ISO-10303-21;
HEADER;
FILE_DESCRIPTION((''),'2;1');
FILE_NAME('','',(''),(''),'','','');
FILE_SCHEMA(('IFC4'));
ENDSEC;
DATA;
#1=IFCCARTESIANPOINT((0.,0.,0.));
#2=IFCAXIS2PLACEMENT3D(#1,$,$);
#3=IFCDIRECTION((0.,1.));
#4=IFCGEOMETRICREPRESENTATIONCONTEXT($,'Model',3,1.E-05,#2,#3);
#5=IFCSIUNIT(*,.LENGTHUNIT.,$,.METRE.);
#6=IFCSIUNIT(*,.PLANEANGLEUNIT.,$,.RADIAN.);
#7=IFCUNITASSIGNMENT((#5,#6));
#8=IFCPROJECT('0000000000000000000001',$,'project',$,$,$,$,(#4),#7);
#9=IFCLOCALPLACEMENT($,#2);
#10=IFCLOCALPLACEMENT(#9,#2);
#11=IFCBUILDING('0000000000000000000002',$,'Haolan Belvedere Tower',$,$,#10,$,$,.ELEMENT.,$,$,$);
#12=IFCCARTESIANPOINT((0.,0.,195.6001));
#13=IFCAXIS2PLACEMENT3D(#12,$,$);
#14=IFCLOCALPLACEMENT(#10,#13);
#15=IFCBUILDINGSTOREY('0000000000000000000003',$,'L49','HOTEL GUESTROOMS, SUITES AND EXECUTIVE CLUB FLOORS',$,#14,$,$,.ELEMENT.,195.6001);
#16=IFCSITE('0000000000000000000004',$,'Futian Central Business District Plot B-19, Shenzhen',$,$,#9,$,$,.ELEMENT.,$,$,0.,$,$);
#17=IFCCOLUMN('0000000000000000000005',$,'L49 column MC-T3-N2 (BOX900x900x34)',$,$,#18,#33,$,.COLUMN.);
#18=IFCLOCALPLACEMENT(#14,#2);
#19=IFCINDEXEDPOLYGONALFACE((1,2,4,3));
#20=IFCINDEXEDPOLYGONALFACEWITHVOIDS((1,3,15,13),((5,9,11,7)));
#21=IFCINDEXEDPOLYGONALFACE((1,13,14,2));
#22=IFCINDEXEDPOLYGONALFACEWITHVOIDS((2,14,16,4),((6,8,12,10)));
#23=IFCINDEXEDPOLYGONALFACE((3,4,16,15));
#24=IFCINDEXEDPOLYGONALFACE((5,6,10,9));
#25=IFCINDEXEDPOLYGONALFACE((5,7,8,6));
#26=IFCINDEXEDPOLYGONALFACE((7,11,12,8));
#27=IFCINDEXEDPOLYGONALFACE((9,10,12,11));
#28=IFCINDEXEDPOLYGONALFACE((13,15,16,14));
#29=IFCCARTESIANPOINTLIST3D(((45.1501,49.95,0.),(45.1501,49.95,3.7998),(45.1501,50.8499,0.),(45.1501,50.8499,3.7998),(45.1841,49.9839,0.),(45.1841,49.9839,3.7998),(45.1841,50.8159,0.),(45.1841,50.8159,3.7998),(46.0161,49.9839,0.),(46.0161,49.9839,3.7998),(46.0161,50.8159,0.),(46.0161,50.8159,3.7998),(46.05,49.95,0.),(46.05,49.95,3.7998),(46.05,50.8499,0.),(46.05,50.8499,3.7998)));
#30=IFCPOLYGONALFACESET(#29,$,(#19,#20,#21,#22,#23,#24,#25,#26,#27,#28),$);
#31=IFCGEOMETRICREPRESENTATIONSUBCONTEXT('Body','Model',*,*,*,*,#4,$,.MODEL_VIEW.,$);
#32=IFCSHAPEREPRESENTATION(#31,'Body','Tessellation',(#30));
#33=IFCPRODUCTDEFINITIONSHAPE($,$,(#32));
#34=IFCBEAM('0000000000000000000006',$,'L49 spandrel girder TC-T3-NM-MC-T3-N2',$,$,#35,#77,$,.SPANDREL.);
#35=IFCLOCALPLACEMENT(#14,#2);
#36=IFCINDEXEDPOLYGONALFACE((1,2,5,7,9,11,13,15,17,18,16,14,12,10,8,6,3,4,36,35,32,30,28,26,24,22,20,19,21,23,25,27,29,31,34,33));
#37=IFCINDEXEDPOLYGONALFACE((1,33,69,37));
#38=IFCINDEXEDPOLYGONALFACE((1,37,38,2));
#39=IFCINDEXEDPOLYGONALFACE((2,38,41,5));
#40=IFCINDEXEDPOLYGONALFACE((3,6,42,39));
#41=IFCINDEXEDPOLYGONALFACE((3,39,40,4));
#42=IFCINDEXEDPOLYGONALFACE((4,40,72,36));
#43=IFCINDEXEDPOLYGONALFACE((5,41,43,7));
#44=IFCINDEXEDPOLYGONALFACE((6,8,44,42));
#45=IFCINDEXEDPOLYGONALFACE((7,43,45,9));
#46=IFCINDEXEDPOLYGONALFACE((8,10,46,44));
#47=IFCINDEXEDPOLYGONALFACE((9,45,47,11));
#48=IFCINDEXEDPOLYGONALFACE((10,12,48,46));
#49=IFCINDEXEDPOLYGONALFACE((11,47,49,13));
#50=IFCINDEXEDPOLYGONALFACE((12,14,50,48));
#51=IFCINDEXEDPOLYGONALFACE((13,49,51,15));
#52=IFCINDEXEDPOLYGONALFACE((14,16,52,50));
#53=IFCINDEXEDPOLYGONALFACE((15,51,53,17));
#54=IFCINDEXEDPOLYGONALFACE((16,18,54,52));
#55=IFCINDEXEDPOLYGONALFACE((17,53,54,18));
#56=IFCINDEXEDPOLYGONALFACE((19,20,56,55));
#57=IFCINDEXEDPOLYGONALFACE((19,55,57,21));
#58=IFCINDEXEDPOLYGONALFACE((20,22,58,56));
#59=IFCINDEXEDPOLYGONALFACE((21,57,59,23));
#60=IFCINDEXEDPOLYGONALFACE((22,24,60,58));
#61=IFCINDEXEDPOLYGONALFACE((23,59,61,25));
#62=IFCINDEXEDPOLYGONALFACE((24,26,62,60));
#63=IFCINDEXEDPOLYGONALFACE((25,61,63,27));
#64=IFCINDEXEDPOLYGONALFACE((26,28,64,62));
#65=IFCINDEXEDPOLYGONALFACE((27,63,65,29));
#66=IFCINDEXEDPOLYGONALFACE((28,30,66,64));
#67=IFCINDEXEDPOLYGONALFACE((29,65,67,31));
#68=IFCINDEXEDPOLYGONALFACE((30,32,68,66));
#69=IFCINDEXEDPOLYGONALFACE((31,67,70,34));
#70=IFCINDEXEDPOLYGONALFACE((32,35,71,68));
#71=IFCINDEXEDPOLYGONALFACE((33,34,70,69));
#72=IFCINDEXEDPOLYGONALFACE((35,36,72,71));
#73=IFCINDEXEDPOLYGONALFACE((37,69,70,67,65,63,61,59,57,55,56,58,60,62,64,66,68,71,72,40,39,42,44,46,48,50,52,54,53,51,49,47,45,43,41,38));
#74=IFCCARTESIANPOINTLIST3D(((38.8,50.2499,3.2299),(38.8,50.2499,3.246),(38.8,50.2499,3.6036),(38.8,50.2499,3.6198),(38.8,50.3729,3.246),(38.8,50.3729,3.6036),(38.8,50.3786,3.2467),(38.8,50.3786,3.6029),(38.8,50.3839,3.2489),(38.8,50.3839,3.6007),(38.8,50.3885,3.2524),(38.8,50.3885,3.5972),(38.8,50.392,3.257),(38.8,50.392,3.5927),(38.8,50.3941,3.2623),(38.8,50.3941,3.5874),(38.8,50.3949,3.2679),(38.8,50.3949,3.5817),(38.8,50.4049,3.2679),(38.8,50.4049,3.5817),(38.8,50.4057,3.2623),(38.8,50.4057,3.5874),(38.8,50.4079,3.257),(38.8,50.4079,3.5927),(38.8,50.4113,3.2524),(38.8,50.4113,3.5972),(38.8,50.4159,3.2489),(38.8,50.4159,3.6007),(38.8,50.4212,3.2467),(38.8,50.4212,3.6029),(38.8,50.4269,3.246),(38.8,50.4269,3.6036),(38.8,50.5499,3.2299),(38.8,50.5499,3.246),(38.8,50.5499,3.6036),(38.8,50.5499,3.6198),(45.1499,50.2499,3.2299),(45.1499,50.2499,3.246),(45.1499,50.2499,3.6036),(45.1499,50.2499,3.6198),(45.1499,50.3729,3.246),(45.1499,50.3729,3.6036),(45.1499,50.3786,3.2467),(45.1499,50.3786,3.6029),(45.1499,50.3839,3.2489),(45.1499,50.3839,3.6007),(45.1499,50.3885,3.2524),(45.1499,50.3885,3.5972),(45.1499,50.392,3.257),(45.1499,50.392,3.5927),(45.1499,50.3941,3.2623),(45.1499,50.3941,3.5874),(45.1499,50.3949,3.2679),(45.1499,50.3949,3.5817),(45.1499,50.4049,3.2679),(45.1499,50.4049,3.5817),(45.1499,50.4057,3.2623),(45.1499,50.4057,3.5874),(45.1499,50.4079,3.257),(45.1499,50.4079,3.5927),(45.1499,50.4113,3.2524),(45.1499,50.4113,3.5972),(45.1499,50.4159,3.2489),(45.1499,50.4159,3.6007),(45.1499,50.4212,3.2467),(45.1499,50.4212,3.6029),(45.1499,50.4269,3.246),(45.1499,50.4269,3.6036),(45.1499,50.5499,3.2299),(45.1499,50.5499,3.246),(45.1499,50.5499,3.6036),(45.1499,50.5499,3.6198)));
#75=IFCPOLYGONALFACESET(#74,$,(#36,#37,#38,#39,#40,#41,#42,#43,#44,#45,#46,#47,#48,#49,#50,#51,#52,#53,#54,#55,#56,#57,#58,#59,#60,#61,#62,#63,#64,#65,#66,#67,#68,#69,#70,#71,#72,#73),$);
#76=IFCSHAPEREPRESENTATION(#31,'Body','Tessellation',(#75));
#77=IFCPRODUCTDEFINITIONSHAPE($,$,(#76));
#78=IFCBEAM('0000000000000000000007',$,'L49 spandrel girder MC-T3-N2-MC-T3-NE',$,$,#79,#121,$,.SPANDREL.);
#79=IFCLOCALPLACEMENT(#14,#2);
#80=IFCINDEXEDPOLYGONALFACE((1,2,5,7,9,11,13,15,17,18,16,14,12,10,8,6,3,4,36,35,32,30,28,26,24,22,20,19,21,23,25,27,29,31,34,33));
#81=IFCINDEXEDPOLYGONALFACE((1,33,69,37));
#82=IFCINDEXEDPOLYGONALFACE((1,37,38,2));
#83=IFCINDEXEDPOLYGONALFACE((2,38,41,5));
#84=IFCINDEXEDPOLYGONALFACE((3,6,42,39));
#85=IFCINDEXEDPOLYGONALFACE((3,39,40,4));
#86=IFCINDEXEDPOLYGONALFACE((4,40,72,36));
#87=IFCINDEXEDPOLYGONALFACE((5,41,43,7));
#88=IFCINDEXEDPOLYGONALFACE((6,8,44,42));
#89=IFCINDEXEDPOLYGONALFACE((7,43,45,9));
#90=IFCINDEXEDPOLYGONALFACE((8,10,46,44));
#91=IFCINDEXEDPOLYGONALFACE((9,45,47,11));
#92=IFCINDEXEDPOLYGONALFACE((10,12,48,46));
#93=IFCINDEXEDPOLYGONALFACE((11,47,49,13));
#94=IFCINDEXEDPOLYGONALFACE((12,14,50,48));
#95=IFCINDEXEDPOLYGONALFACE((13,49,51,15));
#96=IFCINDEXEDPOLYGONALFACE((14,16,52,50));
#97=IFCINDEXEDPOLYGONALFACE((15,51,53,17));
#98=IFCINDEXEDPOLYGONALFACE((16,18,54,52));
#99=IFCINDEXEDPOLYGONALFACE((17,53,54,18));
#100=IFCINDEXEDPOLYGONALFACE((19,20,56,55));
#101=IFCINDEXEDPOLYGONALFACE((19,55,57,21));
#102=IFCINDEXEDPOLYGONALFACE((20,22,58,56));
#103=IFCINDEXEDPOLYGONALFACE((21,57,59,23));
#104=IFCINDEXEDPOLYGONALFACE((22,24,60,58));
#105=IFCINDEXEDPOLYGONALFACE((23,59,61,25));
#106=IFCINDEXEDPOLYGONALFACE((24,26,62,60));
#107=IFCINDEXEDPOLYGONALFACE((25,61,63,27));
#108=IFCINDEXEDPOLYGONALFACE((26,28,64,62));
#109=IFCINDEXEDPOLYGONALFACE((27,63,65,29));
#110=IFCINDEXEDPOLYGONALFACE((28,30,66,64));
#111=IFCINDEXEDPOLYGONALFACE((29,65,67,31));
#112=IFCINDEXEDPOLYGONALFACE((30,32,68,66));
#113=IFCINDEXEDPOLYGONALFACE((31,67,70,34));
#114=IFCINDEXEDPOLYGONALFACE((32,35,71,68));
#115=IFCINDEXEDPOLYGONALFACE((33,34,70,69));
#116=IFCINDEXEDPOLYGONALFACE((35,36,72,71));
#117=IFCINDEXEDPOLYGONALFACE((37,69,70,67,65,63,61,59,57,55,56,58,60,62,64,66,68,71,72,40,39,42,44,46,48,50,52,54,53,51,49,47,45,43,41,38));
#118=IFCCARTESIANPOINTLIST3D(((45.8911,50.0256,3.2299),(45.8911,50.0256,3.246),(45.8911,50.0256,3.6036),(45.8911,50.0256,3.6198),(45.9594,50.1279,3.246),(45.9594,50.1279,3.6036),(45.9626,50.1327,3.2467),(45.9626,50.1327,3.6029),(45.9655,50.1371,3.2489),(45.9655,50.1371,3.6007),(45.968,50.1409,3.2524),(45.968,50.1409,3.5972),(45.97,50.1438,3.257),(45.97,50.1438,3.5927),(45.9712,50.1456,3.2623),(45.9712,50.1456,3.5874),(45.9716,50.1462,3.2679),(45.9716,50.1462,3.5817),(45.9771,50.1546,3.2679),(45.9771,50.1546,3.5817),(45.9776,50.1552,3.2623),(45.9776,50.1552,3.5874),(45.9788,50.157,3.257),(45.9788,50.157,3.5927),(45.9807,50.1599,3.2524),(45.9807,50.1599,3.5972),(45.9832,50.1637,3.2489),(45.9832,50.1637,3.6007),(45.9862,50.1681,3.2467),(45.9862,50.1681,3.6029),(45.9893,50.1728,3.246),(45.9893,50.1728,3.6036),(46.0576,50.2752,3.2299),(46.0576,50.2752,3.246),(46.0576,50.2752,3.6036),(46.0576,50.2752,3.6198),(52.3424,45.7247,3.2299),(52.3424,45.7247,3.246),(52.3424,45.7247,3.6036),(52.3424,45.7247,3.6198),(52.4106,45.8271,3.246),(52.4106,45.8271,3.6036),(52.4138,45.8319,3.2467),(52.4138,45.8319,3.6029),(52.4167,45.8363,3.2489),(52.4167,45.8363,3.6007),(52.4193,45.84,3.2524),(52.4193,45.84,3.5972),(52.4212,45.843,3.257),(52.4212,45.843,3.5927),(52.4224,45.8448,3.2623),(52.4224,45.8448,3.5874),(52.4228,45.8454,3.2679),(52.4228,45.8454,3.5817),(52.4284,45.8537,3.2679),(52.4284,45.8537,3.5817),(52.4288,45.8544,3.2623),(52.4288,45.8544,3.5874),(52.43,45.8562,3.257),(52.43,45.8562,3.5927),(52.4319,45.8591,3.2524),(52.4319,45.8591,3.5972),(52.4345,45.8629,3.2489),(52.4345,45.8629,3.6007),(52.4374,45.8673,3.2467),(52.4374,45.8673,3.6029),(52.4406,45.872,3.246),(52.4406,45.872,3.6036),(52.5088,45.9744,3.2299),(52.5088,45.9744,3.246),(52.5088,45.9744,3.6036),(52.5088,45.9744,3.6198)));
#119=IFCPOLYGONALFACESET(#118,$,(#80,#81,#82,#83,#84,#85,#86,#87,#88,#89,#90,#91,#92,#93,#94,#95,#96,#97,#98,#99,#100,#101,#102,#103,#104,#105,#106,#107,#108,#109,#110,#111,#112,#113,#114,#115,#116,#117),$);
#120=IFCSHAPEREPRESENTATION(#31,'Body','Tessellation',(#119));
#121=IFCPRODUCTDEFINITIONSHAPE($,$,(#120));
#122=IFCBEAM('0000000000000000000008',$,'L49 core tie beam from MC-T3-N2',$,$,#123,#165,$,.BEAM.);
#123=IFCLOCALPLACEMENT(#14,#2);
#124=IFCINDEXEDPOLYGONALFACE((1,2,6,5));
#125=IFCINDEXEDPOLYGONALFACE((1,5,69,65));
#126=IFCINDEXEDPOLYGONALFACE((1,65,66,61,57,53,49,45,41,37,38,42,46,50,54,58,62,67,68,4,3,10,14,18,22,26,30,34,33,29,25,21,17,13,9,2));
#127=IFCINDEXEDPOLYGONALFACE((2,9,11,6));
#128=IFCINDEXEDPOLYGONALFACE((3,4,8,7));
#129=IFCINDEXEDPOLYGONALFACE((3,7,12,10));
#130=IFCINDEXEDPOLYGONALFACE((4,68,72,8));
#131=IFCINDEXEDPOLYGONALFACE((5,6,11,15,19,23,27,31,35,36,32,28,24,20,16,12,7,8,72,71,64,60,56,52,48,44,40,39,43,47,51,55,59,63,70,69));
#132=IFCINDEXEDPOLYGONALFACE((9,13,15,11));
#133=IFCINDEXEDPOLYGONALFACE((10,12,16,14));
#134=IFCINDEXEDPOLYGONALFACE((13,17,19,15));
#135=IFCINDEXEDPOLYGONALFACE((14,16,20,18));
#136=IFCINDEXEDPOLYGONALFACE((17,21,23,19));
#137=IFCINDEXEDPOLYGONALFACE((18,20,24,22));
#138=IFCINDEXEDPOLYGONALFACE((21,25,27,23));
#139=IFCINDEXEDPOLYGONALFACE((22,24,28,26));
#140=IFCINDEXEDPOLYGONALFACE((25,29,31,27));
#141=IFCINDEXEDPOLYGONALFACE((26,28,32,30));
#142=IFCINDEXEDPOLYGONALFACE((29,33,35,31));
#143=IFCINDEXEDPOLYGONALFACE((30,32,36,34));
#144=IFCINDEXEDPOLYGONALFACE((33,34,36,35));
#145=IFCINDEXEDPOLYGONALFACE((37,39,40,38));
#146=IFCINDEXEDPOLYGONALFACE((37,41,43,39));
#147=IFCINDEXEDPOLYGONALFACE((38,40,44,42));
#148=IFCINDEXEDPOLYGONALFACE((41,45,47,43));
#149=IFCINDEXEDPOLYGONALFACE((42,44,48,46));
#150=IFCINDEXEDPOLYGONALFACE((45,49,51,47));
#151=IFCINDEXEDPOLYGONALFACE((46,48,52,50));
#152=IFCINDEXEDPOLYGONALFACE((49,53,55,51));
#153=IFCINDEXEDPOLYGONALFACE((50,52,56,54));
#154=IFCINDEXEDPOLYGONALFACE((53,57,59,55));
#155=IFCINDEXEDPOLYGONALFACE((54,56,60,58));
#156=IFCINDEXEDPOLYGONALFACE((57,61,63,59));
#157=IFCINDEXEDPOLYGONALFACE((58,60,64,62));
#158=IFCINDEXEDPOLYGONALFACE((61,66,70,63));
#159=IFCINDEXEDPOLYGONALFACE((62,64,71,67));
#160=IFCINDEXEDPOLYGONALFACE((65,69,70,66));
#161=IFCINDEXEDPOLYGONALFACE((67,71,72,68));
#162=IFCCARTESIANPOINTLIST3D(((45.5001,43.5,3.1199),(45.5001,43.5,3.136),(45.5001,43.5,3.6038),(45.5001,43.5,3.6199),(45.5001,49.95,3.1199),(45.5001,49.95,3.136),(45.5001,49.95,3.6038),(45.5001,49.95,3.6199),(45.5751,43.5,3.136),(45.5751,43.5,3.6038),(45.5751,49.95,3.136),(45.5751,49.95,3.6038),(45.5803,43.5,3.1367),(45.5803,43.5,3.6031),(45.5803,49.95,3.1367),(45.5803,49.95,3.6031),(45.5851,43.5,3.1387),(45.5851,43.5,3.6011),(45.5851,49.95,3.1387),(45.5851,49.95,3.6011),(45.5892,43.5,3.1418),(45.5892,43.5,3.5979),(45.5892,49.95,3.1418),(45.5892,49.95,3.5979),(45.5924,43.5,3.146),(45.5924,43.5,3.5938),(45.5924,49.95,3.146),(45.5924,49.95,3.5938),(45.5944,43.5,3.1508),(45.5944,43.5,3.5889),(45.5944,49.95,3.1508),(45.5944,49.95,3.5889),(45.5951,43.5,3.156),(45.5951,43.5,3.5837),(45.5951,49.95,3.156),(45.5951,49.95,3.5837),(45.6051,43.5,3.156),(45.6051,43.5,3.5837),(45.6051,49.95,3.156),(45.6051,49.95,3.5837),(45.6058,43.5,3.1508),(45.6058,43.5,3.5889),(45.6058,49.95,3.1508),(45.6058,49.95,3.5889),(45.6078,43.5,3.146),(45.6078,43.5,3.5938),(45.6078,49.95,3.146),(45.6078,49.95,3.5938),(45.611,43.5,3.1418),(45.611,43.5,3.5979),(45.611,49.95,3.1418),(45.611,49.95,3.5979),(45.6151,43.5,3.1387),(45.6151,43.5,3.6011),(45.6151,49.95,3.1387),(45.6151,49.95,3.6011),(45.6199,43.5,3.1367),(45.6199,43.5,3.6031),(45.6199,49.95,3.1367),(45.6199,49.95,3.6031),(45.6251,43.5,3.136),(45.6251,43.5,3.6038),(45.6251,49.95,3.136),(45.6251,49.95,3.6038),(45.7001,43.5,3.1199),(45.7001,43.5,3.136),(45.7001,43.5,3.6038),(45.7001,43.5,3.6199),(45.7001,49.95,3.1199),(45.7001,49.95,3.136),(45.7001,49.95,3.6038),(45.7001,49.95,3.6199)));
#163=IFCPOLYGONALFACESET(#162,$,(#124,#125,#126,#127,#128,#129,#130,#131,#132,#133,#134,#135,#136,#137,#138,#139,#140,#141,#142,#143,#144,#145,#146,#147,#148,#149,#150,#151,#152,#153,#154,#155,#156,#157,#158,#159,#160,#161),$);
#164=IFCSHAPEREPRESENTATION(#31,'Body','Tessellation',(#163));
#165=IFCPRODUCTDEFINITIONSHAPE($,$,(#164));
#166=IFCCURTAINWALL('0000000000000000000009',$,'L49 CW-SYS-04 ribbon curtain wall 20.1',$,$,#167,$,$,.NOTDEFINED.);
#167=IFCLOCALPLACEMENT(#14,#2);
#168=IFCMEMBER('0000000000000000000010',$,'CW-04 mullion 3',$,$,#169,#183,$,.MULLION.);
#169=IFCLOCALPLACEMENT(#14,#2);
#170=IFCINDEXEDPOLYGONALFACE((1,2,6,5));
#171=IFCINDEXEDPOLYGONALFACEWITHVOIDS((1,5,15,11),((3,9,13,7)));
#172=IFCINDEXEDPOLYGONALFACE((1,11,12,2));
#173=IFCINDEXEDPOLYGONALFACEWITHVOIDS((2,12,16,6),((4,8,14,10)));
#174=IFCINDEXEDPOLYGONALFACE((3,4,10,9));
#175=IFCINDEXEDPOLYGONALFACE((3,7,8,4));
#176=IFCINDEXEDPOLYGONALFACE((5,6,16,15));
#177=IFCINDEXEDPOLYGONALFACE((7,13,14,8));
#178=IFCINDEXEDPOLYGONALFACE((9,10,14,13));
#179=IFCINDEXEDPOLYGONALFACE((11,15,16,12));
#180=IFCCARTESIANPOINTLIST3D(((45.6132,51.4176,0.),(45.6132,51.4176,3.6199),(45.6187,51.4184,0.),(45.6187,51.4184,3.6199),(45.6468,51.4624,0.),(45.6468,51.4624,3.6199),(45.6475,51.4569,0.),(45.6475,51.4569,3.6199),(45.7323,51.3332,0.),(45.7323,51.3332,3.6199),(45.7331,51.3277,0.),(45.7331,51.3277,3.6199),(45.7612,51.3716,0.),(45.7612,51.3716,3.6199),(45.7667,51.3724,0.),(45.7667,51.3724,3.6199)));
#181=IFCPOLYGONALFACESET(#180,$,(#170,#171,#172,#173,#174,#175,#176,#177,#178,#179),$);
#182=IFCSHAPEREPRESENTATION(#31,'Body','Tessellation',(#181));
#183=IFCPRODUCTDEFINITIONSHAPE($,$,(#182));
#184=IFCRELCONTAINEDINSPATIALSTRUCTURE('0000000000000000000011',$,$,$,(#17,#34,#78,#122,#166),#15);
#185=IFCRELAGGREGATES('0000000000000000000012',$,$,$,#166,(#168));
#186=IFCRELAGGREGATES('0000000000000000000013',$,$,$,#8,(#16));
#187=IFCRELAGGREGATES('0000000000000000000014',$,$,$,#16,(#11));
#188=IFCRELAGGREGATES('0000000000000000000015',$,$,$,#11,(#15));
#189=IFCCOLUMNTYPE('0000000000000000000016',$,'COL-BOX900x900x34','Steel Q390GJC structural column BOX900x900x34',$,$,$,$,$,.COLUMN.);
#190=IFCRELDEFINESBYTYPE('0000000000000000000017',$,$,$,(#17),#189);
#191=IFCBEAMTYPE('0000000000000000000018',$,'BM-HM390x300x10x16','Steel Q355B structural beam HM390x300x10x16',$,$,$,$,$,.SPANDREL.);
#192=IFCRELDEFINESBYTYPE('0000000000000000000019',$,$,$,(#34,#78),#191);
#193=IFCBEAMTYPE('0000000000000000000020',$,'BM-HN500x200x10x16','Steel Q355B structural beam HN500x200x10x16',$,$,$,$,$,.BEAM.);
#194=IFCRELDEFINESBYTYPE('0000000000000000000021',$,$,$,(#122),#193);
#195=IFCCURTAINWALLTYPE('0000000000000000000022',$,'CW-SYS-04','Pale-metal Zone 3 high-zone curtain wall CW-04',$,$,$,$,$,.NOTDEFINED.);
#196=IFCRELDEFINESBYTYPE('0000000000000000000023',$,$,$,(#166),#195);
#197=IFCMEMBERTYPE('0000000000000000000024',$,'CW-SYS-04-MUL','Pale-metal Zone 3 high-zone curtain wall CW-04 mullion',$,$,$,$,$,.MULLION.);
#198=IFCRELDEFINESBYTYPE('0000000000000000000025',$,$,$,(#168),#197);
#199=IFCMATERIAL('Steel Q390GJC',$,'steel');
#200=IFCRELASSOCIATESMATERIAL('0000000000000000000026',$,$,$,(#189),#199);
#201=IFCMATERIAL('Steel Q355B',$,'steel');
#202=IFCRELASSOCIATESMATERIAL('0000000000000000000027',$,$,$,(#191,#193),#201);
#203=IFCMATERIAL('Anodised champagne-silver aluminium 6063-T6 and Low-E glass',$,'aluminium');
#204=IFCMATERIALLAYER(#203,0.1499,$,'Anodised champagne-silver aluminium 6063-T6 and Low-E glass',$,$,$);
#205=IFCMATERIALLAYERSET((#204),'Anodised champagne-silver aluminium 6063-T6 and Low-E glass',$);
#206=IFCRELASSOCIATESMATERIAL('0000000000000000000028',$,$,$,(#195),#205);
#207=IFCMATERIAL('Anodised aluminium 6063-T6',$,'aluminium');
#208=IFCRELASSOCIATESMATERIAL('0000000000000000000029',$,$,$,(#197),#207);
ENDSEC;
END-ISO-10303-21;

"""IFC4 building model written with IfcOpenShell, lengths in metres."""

from ifc_helpers import new_model, si_unit, direction, frame, origin, origin_2d, place, context, subcontext, project, spatial, hollow_rectangle, i_section, extrude, material, layer, layer_set, material_profile, profile_set, type_object, element, aggregate, save


model = new_model("IFC4")

# Units and contexts
model_context = context("Model", 3, precision=1e-05, world=origin(), true_north=direction((0.0, 1.0)))
body_context = subcontext(model_context, "Body", "Model", "MODEL_VIEW")
ifc_project = project(units=[si_unit("LENGTHUNIT", "METRE"), si_unit("PLANEANGLEUNIT", "RADIAN")], contexts=[model_context])

# Site, building, storey
site_placement = place(None, origin())
site = spatial("IfcSite", under=ifc_project, at=site_placement, Name="Futian Central Business District Plot B-19, Shenzhen", CompositionType="ELEMENT", RefElevation=0.0)
building_placement = place(site_placement, origin())
building = spatial("IfcBuilding", under=site, at=building_placement, Name="Haolan Belvedere Tower", CompositionType="ELEMENT")
storey_placement = place(building_placement, frame((0.0, 0.0, 195.6001)))
storey = spatial("IfcBuildingStorey", under=building, at=storey_placement, Name="L49", Description="HOTEL GUESTROOMS, SUITES AND EXECUTIVE CLUB FLOORS", CompositionType="ELEMENT", Elevation=195.6001)

# Column
ifc_material_1 = material(Name="Steel Q390GJC", Category="steel")
ifc_material_profile_1 = material_profile(ifc_material_1, hollow_rectangle(XDim=0.8999, YDim=0.8999, WallThickness=0.0339, at=origin_2d()), Name="Steel Q390GJC")
ifc_profile_set_1 = profile_set([ifc_material_profile_1], Name="Steel Q390GJC")
column_type = type_object("IfcColumnType", Name="COL-BOX900x900x34", Description="Steel Q390GJC structural column BOX900x900x34", PredefinedType="COLUMN", material=ifc_profile_set_1)
column_placement = place(storey_placement, frame((45.6001, 50.3999, 0.0), z_axis=(0.0, 0.0, 1.0), x_axis=(1.0, 0.0, 0.0)))
element("IfcColumn", 1, at=column_placement, inside=storey, type_object=column_type, Name="L49 column MC-T3-N2 (BOX900x900x34)", PredefinedType="COLUMN", context=body_context, shape_type="SweptSolid", body=[
    extrude(hollow_rectangle(XDim=0.8999, YDim=0.8999, WallThickness=0.0339, at=origin_2d()), origin(), (0.0, 0.0, 1.0), 3.7998),
])

# Beams
ifc_material_2 = material(Name="Steel Q355B", Category="steel")
ifc_material_profile_2 = material_profile(ifc_material_2, i_section(OverallWidth=0.3, OverallDepth=0.3899, WebThickness=0.01, FlangeThickness=0.0161, FilletRadius=0.022, at=origin_2d()), Name="Steel Q355B")
ifc_profile_set_2 = profile_set([ifc_material_profile_2], Name="Steel Q355B")
beam_type_1 = type_object("IfcBeamType", Name="BM-HM390x300x10x16", Description="Steel Q355B structural beam HM390x300x10x16", PredefinedType="SPANDREL", material=ifc_profile_set_2)
beam_1_placement = place(storey_placement, frame((38.8, 50.3999, 3.4248), z_axis=(1.0, 0.0, 0.0), x_axis=(0.0, 1.0, 0.0)))
element("IfcBeam", 2, at=beam_1_placement, inside=storey, type_object=beam_type_1, Name="L49 spandrel girder TC-T3-NM-MC-T3-N2", PredefinedType="SPANDREL", context=body_context, shape_type="SweptSolid", body=[
    extrude(i_section(OverallWidth=0.3, OverallDepth=0.3899, WebThickness=0.01, FlangeThickness=0.0161, FilletRadius=0.022, at=origin_2d()), origin(), (0.0, 0.0, 1.0), 6.3499),
])
beam_2_placement = place(storey_placement, frame((45.9744, 50.1504, 3.4248), z_axis=(0.83205, -0.5547, 0.0), x_axis=(0.5547, 0.83205, 0.0)))
element("IfcBeam", 3, at=beam_2_placement, inside=storey, type_object=beam_type_1, Name="L49 spandrel girder MC-T3-N2-MC-T3-NE", PredefinedType="SPANDREL", context=body_context, shape_type="SweptSolid", body=[
    extrude(i_section(OverallWidth=0.3, OverallDepth=0.3899, WebThickness=0.01, FlangeThickness=0.0161, FilletRadius=0.022, at=origin_2d()), origin(), (0.0, 0.0, 1.0), 7.7534),
])
ifc_material_profile_3 = material_profile(ifc_material_2, i_section(OverallWidth=0.2, OverallDepth=0.5, WebThickness=0.01, FlangeThickness=0.0161, FilletRadius=0.02, at=origin_2d()), Name="Steel Q355B")
ifc_profile_set_3 = profile_set([ifc_material_profile_3], Name="Steel Q355B")
beam_type_2 = type_object("IfcBeamType", Name="BM-HN500x200x10x16", Description="Steel Q355B structural beam HN500x200x10x16", PredefinedType="BEAM", material=ifc_profile_set_3)
beam_3_placement = place(storey_placement, frame((45.6001, 49.95, 3.3699), z_axis=(0.0, -1.0, 0.0), x_axis=(1.0, 0.0, 0.0)))
element("IfcBeam", 4, at=beam_3_placement, inside=storey, type_object=beam_type_2, Name="L49 core tie beam from MC-T3-N2", PredefinedType="BEAM", context=body_context, shape_type="SweptSolid", body=[
    extrude(i_section(OverallWidth=0.2, OverallDepth=0.5, WebThickness=0.01, FlangeThickness=0.0161, FilletRadius=0.02, at=origin_2d()), origin(), (0.0, 0.0, 1.0), 6.45),
])

# Curtain wall, member
ifc_material_3 = material(Name="Anodised champagne-silver aluminium 6063-T6 and Low-E glass", Category="aluminium")
ifc_layer_1 = layer(ifc_material_3, 0.1499, Name="Anodised champagne-silver aluminium 6063-T6 and Low-E glass")
ifc_layer_set_1 = layer_set([ifc_layer_1], Name="Anodised champagne-silver aluminium 6063-T6 and Low-E glass")
curtain_wall_type = type_object("IfcCurtainWallType", Name="CW-SYS-04", Description="Pale-metal Zone 3 high-zone curtain wall CW-04", PredefinedType="NOTDEFINED", material=ifc_layer_set_1)
curtain_wall_1_placement = place(storey_placement, origin())
curtain_wall_1 = element("IfcCurtainWall", 5, at=curtain_wall_1_placement, inside=storey, type_object=curtain_wall_type, Name="L49 CW-SYS-04 ribbon curtain wall 20.1", PredefinedType="NOTDEFINED")
ifc_material_4 = material(Name="Anodised aluminium 6063-T6", Category="aluminium")
ifc_material_profile_4 = material_profile(ifc_material_4, hollow_rectangle(XDim=0.0559, YDim=0.1499, WallThickness=0.0039, at=origin_2d()), Name="Anodised aluminium 6063-T6")
ifc_profile_set_4 = profile_set([ifc_material_profile_4], Name="Anodised aluminium 6063-T6")
member_type_1 = type_object("IfcMemberType", Name="CW-SYS-04-MUL", Description="Pale-metal Zone 3 high-zone curtain wall CW-04 mullion", PredefinedType="MULLION", material=ifc_profile_set_4)
member_1_placement = place(storey_placement, frame((45.6899, 51.395, 0.0), z_axis=(0.0, 0.0, 1.0), x_axis=(-0.600003, -0.799998, 0.0)))
member_1 = element("IfcMember", 6, at=member_1_placement, type_object=member_type_1, Name="CW-04 mullion 3", PredefinedType="MULLION", context=body_context, shape_type="SweptSolid", body=[
    extrude(hollow_rectangle(XDim=0.0559, YDim=0.1499, WallThickness=0.0039, at=origin_2d()), origin(), (0.0, 0.0, 1.0), 3.6199),
])
aggregate(curtain_wall_1, [member_1])

save(model, "model.ifc")
